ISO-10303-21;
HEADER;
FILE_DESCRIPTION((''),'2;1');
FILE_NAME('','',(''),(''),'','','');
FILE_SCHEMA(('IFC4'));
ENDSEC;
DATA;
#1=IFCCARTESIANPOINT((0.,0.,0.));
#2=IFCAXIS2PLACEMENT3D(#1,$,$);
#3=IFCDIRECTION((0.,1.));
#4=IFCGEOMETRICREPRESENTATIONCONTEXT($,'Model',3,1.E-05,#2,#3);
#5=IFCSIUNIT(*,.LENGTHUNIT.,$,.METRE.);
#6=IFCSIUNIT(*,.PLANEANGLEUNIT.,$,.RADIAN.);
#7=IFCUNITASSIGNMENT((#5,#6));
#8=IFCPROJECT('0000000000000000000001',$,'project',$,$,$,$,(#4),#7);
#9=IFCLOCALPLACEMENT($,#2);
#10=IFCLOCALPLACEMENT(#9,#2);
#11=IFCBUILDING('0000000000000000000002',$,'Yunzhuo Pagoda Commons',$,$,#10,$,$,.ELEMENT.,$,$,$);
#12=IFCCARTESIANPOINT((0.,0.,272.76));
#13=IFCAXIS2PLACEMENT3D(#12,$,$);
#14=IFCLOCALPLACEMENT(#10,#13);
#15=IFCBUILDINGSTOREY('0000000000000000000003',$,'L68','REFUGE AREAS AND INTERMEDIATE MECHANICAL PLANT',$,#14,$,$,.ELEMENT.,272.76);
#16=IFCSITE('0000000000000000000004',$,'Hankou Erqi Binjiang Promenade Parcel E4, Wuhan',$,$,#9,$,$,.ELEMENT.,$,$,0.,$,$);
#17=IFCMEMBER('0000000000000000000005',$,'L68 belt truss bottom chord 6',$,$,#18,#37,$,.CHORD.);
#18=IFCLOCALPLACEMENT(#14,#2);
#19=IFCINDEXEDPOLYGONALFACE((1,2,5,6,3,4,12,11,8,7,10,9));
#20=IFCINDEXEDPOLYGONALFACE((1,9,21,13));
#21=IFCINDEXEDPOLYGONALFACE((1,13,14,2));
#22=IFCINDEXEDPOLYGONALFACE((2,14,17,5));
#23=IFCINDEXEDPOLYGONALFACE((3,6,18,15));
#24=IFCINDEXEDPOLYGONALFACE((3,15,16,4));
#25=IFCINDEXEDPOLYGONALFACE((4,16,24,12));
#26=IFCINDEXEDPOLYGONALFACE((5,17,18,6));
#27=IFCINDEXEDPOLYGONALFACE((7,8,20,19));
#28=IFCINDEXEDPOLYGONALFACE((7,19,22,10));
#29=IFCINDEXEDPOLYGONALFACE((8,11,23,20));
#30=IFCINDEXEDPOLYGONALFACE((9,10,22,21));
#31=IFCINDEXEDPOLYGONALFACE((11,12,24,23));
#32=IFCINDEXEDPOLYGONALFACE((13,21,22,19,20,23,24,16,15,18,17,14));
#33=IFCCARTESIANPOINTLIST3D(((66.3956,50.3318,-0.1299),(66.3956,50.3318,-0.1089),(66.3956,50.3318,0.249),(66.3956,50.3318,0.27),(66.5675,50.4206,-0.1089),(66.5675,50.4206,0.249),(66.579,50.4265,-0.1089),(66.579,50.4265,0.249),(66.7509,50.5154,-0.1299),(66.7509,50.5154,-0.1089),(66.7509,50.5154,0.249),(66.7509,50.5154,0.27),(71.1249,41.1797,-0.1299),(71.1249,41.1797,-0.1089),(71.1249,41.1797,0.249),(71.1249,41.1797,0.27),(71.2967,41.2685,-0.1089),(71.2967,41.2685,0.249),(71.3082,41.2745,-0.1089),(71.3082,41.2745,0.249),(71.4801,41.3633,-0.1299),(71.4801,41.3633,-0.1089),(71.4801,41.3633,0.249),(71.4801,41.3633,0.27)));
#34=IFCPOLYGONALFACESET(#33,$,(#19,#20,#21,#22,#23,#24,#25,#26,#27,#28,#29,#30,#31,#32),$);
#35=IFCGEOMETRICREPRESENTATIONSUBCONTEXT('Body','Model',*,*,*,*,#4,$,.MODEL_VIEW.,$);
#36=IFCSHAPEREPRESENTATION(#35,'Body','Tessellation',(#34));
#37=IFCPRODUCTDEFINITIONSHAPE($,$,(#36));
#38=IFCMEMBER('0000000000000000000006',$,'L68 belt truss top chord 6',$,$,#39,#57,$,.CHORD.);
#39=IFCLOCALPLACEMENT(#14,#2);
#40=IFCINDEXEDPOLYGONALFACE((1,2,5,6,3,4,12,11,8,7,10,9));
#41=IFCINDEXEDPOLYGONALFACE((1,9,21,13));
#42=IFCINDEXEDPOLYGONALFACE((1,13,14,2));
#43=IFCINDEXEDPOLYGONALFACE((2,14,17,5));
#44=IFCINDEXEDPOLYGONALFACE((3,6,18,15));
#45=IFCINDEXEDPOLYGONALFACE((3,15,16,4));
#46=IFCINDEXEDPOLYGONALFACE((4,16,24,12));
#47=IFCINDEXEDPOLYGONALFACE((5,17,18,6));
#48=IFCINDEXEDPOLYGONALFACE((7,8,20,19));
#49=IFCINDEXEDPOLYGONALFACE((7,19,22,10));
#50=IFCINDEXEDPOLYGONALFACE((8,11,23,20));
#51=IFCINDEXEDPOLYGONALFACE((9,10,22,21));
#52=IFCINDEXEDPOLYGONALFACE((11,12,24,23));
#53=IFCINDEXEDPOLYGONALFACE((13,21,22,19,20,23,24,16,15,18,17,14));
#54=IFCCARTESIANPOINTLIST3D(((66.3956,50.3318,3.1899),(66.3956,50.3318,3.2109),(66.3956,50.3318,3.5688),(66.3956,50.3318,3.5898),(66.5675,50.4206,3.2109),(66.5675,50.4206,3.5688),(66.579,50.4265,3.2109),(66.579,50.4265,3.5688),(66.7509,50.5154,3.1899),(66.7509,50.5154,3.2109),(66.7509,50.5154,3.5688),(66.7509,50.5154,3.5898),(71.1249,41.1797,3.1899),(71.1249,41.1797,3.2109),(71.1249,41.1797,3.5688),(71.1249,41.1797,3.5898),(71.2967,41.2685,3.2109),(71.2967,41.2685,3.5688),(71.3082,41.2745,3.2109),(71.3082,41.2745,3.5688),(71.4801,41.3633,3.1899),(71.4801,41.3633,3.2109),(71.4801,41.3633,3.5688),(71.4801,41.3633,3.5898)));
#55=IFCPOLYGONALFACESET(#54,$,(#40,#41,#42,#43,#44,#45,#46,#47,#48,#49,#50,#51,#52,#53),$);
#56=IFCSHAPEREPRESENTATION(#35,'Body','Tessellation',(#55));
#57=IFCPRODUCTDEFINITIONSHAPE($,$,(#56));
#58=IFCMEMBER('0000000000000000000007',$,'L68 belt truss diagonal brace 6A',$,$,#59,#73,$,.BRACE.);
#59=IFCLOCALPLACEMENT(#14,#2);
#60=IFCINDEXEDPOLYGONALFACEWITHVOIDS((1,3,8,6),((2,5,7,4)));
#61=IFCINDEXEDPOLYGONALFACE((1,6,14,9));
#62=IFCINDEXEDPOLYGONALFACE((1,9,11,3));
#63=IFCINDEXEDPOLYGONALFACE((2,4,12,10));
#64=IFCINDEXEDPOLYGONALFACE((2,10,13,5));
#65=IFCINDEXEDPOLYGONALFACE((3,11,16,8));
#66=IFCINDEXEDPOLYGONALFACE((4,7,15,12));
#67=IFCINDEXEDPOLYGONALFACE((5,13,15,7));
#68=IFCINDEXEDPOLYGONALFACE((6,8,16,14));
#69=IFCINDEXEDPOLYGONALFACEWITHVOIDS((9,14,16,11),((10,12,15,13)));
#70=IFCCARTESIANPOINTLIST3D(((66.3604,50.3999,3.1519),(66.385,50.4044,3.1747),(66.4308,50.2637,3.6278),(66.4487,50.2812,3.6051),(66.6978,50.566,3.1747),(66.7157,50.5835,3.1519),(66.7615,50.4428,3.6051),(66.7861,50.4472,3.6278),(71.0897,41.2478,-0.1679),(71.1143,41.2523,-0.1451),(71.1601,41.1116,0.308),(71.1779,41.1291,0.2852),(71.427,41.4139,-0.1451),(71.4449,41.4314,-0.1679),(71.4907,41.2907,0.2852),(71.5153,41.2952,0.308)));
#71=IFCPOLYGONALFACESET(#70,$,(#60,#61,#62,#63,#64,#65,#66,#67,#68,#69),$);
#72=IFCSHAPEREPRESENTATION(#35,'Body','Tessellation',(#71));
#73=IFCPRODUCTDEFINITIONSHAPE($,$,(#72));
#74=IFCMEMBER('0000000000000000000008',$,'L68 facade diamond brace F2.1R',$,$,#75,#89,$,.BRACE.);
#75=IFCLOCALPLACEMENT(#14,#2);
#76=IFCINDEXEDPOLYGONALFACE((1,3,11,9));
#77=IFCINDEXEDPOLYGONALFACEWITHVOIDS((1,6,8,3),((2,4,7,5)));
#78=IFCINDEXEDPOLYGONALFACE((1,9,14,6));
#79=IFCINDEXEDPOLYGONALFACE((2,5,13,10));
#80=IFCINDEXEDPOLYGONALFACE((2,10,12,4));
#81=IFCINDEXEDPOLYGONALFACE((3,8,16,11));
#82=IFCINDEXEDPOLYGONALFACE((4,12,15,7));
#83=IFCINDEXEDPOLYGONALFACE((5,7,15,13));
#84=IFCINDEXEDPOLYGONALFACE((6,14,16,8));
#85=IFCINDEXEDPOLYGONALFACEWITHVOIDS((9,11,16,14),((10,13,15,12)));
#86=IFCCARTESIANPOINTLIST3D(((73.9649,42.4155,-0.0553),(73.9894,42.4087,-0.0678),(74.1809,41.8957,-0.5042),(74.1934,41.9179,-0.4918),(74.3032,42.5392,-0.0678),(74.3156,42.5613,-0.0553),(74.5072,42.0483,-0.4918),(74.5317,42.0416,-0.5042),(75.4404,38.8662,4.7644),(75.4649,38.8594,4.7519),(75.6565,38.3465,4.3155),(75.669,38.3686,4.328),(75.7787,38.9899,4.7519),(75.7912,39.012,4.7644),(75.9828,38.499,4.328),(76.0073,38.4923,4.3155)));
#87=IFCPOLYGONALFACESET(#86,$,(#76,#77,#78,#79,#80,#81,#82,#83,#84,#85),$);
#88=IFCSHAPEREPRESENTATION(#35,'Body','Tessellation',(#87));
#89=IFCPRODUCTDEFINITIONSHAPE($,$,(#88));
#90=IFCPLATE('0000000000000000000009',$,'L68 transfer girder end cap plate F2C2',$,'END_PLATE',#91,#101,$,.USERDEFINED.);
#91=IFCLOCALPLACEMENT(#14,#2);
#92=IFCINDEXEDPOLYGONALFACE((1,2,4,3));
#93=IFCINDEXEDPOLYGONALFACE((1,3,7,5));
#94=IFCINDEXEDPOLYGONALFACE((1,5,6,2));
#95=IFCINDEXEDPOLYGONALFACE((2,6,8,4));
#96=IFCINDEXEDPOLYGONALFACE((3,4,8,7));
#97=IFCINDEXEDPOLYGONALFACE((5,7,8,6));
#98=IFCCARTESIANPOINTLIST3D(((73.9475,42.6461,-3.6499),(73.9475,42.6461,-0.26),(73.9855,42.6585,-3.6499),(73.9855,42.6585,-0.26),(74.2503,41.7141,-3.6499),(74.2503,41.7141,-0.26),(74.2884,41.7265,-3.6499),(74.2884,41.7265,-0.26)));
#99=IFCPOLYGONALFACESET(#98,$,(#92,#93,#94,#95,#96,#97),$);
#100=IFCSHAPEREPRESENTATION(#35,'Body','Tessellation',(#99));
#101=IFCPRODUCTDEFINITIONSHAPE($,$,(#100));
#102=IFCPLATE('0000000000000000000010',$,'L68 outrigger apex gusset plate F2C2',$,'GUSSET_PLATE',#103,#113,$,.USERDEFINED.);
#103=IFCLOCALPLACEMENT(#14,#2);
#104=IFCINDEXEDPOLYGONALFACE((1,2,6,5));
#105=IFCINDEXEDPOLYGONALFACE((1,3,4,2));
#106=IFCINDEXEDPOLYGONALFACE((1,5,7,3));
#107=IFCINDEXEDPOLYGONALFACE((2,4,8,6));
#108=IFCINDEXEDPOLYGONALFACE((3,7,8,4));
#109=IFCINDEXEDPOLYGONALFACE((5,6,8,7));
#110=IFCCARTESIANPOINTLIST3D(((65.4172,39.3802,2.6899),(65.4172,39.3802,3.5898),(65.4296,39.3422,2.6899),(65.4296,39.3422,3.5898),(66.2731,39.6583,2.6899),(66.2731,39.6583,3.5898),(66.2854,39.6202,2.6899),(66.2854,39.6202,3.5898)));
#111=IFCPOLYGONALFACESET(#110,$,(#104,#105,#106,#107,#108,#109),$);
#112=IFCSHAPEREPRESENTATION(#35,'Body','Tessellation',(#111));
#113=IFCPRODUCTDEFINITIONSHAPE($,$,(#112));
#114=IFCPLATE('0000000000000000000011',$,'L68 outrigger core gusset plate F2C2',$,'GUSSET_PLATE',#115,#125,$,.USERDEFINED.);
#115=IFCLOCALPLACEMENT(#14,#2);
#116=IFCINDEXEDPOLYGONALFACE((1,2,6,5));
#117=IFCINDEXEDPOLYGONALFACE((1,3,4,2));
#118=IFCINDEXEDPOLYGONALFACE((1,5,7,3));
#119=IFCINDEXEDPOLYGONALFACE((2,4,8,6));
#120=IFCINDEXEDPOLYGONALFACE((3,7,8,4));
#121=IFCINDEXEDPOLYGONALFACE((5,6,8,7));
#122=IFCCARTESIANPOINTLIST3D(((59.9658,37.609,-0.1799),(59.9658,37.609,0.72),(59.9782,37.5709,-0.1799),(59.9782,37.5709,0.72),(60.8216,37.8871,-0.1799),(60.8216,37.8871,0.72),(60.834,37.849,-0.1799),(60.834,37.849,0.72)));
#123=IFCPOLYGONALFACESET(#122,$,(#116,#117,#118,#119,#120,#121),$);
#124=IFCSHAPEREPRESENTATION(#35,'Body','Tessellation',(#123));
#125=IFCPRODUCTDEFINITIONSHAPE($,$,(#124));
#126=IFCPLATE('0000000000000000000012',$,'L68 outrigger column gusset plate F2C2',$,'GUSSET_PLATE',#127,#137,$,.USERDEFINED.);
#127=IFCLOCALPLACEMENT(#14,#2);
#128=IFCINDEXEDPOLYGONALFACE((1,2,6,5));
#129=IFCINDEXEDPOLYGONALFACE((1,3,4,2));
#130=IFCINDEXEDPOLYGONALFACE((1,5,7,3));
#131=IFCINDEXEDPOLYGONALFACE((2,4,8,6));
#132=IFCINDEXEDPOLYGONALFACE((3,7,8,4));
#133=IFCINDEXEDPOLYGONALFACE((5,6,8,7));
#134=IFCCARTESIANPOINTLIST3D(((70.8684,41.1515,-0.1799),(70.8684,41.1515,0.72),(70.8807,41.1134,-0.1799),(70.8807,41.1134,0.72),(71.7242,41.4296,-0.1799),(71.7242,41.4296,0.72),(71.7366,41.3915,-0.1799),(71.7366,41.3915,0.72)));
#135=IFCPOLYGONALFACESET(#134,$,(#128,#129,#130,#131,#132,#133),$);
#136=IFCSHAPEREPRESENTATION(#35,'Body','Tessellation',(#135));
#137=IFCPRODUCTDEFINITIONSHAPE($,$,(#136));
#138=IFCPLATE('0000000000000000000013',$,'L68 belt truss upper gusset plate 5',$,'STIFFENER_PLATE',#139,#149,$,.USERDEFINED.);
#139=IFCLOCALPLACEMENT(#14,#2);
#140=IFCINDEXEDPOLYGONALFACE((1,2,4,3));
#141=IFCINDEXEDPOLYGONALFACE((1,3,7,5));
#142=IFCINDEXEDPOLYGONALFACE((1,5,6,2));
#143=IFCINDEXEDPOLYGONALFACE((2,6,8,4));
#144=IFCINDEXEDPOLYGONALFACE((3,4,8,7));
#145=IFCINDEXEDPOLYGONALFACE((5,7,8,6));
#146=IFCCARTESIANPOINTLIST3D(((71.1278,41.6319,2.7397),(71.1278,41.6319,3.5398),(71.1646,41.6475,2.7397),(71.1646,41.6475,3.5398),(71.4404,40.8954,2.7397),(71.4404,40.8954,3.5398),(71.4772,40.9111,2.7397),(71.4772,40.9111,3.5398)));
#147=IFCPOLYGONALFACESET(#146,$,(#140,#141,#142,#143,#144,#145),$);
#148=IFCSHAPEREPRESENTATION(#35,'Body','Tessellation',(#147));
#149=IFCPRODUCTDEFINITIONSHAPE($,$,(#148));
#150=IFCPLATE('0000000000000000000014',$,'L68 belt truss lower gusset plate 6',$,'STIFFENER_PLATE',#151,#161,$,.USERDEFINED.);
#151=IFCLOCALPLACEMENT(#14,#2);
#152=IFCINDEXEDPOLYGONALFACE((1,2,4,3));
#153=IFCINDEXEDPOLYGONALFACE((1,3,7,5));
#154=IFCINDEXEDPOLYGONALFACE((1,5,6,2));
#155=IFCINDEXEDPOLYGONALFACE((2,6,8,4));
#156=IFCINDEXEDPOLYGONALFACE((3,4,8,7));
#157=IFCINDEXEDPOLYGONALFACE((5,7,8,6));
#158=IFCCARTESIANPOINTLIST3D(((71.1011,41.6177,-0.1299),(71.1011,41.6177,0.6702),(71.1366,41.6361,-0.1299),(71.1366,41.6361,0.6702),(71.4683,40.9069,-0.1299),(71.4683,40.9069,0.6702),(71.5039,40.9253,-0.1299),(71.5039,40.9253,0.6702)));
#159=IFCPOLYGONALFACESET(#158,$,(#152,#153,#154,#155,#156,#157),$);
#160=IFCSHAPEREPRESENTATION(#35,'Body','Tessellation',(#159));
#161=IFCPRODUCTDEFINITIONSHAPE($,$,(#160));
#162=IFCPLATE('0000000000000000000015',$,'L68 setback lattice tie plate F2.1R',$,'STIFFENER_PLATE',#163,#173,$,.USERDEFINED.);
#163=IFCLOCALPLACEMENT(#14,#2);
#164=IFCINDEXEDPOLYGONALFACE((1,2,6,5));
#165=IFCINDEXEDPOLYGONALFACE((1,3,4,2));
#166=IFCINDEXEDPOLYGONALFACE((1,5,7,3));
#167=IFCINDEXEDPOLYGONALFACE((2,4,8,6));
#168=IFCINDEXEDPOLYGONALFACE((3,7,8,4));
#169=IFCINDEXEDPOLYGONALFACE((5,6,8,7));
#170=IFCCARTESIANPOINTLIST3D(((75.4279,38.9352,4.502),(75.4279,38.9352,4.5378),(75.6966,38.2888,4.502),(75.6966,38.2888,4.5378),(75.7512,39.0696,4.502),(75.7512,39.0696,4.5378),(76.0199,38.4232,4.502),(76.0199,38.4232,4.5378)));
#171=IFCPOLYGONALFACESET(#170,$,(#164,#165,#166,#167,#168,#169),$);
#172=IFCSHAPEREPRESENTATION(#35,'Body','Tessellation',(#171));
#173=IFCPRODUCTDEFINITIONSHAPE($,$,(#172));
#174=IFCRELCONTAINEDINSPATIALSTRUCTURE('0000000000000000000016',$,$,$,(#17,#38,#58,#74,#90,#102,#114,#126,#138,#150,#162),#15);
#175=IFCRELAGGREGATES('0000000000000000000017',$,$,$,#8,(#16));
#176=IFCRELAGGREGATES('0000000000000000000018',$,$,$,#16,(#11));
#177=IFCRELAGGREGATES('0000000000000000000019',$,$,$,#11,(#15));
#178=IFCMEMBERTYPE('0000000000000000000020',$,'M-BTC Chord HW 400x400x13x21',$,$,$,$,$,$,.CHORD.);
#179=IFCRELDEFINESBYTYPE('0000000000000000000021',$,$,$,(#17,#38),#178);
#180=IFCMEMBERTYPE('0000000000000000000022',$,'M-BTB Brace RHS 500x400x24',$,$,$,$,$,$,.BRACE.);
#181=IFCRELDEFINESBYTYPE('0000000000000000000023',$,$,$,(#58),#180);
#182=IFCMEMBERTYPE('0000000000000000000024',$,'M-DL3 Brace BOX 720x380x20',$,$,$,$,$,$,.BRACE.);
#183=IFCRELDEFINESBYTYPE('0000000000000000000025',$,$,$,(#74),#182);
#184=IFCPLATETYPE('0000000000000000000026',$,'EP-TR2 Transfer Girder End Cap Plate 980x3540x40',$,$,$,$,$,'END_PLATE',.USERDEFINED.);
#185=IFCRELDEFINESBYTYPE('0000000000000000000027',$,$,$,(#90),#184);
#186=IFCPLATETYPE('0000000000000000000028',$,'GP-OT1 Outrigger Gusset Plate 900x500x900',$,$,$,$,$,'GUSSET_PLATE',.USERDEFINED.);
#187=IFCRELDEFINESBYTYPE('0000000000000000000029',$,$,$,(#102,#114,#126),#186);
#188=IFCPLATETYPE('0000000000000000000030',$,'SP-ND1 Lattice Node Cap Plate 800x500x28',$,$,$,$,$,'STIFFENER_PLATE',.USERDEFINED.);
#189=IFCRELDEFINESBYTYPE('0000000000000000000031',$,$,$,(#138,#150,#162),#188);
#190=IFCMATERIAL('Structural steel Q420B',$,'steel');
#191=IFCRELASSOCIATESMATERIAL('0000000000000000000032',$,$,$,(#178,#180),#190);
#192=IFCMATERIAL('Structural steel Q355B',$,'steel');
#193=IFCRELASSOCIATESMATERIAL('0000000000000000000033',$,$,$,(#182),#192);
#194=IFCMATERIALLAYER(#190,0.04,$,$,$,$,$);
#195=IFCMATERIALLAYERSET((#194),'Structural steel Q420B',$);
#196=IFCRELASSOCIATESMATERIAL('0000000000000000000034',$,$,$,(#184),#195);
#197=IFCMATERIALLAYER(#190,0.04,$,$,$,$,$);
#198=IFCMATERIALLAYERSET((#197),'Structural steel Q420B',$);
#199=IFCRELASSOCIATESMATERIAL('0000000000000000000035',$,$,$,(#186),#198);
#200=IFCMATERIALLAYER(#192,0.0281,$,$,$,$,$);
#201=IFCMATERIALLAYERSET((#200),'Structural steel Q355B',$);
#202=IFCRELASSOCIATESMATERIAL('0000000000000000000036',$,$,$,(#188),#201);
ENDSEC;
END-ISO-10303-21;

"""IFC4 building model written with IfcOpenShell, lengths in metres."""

from ifc_helpers import new_model, si_unit, direction, frame, origin, origin_2d, place, context, subcontext, project, spatial, rectangle, hollow_rectangle, i_section, extrude, source, transform, mapped, material, layer, layer_set, material_profile, profile_set, type_object, element, save


model = new_model("IFC4")

# Units and contexts
model_context = context("Model", 3, precision=1e-05, world=origin(), true_north=direction((0.0, 1.0)))
body_context = subcontext(model_context, "Body", "Model", "MODEL_VIEW")
ifc_project = project(units=[si_unit("LENGTHUNIT", "METRE"), si_unit("PLANEANGLEUNIT", "RADIAN")], contexts=[model_context])

# Site, building, storey
site_placement = place(None, origin())
site = spatial("IfcSite", under=ifc_project, at=site_placement, Name="Hankou Erqi Binjiang Promenade Parcel E4, Wuhan", CompositionType="ELEMENT", RefElevation=0.0)
building_placement = place(site_placement, origin())
building = spatial("IfcBuilding", under=site, at=building_placement, Name="Yunzhuo Pagoda Commons", CompositionType="ELEMENT")
storey_placement = place(building_placement, frame((0.0, 0.0, 272.76)))
storey = spatial("IfcBuildingStorey", under=building, at=storey_placement, Name="L68", Description="REFUGE AREAS AND INTERMEDIATE MECHANICAL PLANT", CompositionType="ELEMENT", Elevation=272.76)

# Shared definitions
ifc_material_1 = material(Name="Structural steel Q355B", Category="steel")

# Shared definitions
ifc_material_2 = material(Name="Structural steel Q420B", Category="steel")

# Members
ifc_material_profile_1 = material_profile(ifc_material_2, i_section(OverallWidth=0.3999, OverallDepth=0.3999, WebThickness=0.0129, FlangeThickness=0.021, at=origin_2d()), Name="Structural steel Q420B")
ifc_profile_set_1 = profile_set([ifc_material_profile_1], Name="Structural steel Q420B")
member_type_1 = type_object("IfcMemberType", Name="M-BTC Chord HW 400x400x13x21", PredefinedType="CHORD", material=ifc_profile_set_1)
shared_shape_1 = source(origin(), body_context, "Body", "SweptSolid", [
    extrude(i_section(OverallWidth=0.3999, OverallDepth=0.3999, WebThickness=0.0129, FlangeThickness=0.021, at=origin_2d()), origin(), (0.0, 0.0, 1.0), 10.3018),
])
for number, where, z_axis, x_axis, name in (
    (1, (71.3025, 41.2715, 0.0701), (-0.459071, 0.8884, 0.0), (-0.8884, -0.459071, 0.0), "L68 belt truss bottom chord 6"),
    (2, (71.3025, 41.2715, 3.3899), (-0.459071, 0.8884, 0.0), (-0.8884, -0.459071, 0.0), "L68 belt truss top chord 6"),
):
    element("IfcMember", number, at=place(storey_placement, frame(where, z_axis=z_axis, x_axis=x_axis)), inside=storey, type_object=member_type_1, Name=name, PredefinedType="CHORD", context=body_context, shape_type="MappedRepresentation", body=[
        mapped(shared_shape_1, transform((0.0, 0.0, 0.0), scale=1.0)),
    ])
ifc_material_profile_2 = material_profile(ifc_material_2, hollow_rectangle(XDim=0.3999, YDim=0.5, WallThickness=0.0239, at=origin_2d()), Name="Structural steel Q420B")
ifc_profile_set_2 = profile_set([ifc_material_profile_2], Name="Structural steel Q420B")
member_type_2 = type_object("IfcMemberType", Name="M-BTB Brace RHS 500x400x24", PredefinedType="BRACE", material=ifc_profile_set_2)
shared_shape_2 = source(origin(), body_context, "Body", "SweptSolid", [
    extrude(hollow_rectangle(XDim=0.3999, YDim=0.5, WallThickness=0.0239, at=origin_2d()), origin(), (0.0, 0.0, 1.0), 10.8235),
])
member_1_placement = place(storey_placement, frame((71.3025, 41.2715, 0.0701), z_axis=(-0.436943, 0.845577, 0.306724), x_axis=(-0.8884, -0.459071, 0.0)))
element("IfcMember", 3, at=member_1_placement, inside=storey, type_object=member_type_2, Name="L68 belt truss diagonal brace 6A", PredefinedType="BRACE", context=body_context, shape_type="MappedRepresentation", body=[
    mapped(shared_shape_2, transform((0.0, 0.0, 0.0), scale=1.0)),
])
ifc_material_profile_3 = material_profile(ifc_material_1, hollow_rectangle(XDim=0.3799, YDim=0.72, WallThickness=0.02, at=origin_2d()), Name="Structural steel Q355B")
ifc_profile_set_3 = profile_set([ifc_material_profile_3], Name="Structural steel Q355B")
member_type_3 = type_object("IfcMemberType", Name="M-DL3 Brace BOX 720x380x20", PredefinedType="BRACE", material=ifc_profile_set_3)
shared_shape_3 = source(origin(), body_context, "Body", "SweptSolid", [
    extrude(hollow_rectangle(XDim=0.3799, YDim=0.72, WallThickness=0.02, at=origin_2d()), origin(), (0.0, 0.0, 1.0), 6.1648),
])
member_2_placement = place(storey_placement, frame((74.2483, 42.2285, -0.2798), z_axis=(0.239354, -0.575732, 0.78182), x_axis=(0.923381, 0.383885, 0.0)))
element("IfcMember", 4, at=member_2_placement, inside=storey, type_object=member_type_3, Name="L68 facade diamond brace F2.1R", PredefinedType="BRACE", context=body_context, shape_type="MappedRepresentation", body=[
    mapped(shared_shape_3, transform((0.0, 0.0, 0.0), scale=1.0)),
])

# Plates
ifc_layer_1 = layer(ifc_material_2, 0.04)
ifc_layer_set_1 = layer_set([ifc_layer_1], Name="Structural steel Q420B")
plate_type_1 = type_object("IfcPlateType", Name="EP-TR2 Transfer Girder End Cap Plate 980x3540x40", ElementType="END_PLATE", PredefinedType="USERDEFINED", material=ifc_layer_set_1)
shared_shape_4 = source(origin(), body_context, "Body", "SweptSolid", [
    extrude(rectangle(XDim=0.98, YDim=0.04, at=origin_2d()), origin(), (0.0, 0.0, 1.0), 3.3899),
])
plate_1_placement = place(storey_placement, frame((74.1179, 42.1863, -3.6499), z_axis=(0.0, 0.0, 1.0), x_axis=(-0.309017, 0.951057, 0.0)))
element("IfcPlate", 5, at=plate_1_placement, inside=storey, type_object=plate_type_1, Name="L68 transfer girder end cap plate F2C2", ObjectType="END_PLATE", PredefinedType="USERDEFINED", context=body_context, shape_type="MappedRepresentation", body=[
    mapped(shared_shape_4, transform((0.0, 0.0, 0.0), scale=1.0)),
])
ifc_layer_2 = layer(ifc_material_2, 0.04)
ifc_layer_set_2 = layer_set([ifc_layer_2], Name="Structural steel Q420B")
plate_type_2 = type_object("IfcPlateType", Name="GP-OT1 Outrigger Gusset Plate 900x500x900", ElementType="GUSSET_PLATE", PredefinedType="USERDEFINED", material=ifc_layer_set_2)
shared_shape_5 = source(origin(), body_context, "Body", "SweptSolid", [
    extrude(rectangle(XDim=0.8999, YDim=0.04, at=origin_2d()), origin(), (0.0, 0.0, 1.0), 0.8999),
])
for number, where, z_axis, x_axis, name in (
    (6, (65.8513, 39.5002, 2.6899), (0.0, 0.0, 1.0), (0.951057, 0.309017, 0.0), "L68 outrigger apex gusset plate F2C2"),
    (7, (60.3999, 37.729, -0.1799), (0.0, 0.0, 1.0), (0.951057, 0.309017, 0.0), "L68 outrigger core gusset plate F2C2"),
    (8, (71.3025, 41.2715, -0.1799), (0.0, 0.0, 1.0), (0.951057, 0.309017, 0.0), "L68 outrigger column gusset plate F2C2"),
):
    element("IfcPlate", number, at=place(storey_placement, frame(where, z_axis=z_axis, x_axis=x_axis)), inside=storey, type_object=plate_type_2, Name=name, ObjectType="GUSSET_PLATE", PredefinedType="USERDEFINED", context=body_context, shape_type="MappedRepresentation", body=[
        mapped(shared_shape_5, transform((0.0, 0.0, 0.0), scale=1.0)),
    ])
ifc_layer_3 = layer(ifc_material_1, 0.0281)
ifc_layer_set_3 = layer_set([ifc_layer_3], Name="Structural steel Q355B")
plate_type_3 = type_object("IfcPlateType", Name="SP-ND1 Lattice Node Cap Plate 800x500x28", ElementType="STIFFENER_PLATE", PredefinedType="USERDEFINED", material=ifc_layer_set_3)
shared_shape_6 = source(origin(), body_context, "Body", "SweptSolid", [
    extrude(rectangle(XDim=0.8, YDim=0.04, at=origin_2d()), origin(), (0.0, 0.0, 1.0), 0.8),
])
for number, where, z_axis, x_axis, name in (
    (9, (71.3025, 41.2715, 2.7397), (0.0, 0.0, 1.0), (-0.390747, 0.920498, 0.0), "L68 belt truss upper gusset plate 5"),
    (10, (71.3025, 41.2715, -0.1299), (0.0, 0.0, 1.0), (-0.459053, 0.888409, 0.0), "L68 belt truss lower gusset plate 6"),
):
    element("IfcPlate", number, at=place(storey_placement, frame(where, z_axis=z_axis, x_axis=x_axis)), inside=storey, type_object=plate_type_3, Name=name, ObjectType="STIFFENER_PLATE", PredefinedType="USERDEFINED", context=body_context, shape_type="MappedRepresentation", body=[
        mapped(shared_shape_6, transform((0.0, 0.0, 0.0), scale=1.0)),
    ])
shared_shape_7 = source(origin(), body_context, "Body", "SweptSolid", [
    extrude(rectangle(XDim=0.7, YDim=0.3501, at=origin_2d()), origin(), (0.0, 0.0, 1.0), 0.0359),
])
plate_2_placement = place(storey_placement, frame((75.7239, 38.6792, 4.502), z_axis=(0.0, 0.0, 1.0), x_axis=(-0.38386, 0.923391, 0.0)))
element("IfcPlate", 11, at=plate_2_placement, inside=storey, type_object=plate_type_3, Name="L68 setback lattice tie plate F2.1R", ObjectType="STIFFENER_PLATE", PredefinedType="USERDEFINED", context=body_context, shape_type="MappedRepresentation", body=[
    mapped(shared_shape_7, transform((0.0, 0.0, 0.0), scale=1.0)),
])

save(model, "model.ifc")
